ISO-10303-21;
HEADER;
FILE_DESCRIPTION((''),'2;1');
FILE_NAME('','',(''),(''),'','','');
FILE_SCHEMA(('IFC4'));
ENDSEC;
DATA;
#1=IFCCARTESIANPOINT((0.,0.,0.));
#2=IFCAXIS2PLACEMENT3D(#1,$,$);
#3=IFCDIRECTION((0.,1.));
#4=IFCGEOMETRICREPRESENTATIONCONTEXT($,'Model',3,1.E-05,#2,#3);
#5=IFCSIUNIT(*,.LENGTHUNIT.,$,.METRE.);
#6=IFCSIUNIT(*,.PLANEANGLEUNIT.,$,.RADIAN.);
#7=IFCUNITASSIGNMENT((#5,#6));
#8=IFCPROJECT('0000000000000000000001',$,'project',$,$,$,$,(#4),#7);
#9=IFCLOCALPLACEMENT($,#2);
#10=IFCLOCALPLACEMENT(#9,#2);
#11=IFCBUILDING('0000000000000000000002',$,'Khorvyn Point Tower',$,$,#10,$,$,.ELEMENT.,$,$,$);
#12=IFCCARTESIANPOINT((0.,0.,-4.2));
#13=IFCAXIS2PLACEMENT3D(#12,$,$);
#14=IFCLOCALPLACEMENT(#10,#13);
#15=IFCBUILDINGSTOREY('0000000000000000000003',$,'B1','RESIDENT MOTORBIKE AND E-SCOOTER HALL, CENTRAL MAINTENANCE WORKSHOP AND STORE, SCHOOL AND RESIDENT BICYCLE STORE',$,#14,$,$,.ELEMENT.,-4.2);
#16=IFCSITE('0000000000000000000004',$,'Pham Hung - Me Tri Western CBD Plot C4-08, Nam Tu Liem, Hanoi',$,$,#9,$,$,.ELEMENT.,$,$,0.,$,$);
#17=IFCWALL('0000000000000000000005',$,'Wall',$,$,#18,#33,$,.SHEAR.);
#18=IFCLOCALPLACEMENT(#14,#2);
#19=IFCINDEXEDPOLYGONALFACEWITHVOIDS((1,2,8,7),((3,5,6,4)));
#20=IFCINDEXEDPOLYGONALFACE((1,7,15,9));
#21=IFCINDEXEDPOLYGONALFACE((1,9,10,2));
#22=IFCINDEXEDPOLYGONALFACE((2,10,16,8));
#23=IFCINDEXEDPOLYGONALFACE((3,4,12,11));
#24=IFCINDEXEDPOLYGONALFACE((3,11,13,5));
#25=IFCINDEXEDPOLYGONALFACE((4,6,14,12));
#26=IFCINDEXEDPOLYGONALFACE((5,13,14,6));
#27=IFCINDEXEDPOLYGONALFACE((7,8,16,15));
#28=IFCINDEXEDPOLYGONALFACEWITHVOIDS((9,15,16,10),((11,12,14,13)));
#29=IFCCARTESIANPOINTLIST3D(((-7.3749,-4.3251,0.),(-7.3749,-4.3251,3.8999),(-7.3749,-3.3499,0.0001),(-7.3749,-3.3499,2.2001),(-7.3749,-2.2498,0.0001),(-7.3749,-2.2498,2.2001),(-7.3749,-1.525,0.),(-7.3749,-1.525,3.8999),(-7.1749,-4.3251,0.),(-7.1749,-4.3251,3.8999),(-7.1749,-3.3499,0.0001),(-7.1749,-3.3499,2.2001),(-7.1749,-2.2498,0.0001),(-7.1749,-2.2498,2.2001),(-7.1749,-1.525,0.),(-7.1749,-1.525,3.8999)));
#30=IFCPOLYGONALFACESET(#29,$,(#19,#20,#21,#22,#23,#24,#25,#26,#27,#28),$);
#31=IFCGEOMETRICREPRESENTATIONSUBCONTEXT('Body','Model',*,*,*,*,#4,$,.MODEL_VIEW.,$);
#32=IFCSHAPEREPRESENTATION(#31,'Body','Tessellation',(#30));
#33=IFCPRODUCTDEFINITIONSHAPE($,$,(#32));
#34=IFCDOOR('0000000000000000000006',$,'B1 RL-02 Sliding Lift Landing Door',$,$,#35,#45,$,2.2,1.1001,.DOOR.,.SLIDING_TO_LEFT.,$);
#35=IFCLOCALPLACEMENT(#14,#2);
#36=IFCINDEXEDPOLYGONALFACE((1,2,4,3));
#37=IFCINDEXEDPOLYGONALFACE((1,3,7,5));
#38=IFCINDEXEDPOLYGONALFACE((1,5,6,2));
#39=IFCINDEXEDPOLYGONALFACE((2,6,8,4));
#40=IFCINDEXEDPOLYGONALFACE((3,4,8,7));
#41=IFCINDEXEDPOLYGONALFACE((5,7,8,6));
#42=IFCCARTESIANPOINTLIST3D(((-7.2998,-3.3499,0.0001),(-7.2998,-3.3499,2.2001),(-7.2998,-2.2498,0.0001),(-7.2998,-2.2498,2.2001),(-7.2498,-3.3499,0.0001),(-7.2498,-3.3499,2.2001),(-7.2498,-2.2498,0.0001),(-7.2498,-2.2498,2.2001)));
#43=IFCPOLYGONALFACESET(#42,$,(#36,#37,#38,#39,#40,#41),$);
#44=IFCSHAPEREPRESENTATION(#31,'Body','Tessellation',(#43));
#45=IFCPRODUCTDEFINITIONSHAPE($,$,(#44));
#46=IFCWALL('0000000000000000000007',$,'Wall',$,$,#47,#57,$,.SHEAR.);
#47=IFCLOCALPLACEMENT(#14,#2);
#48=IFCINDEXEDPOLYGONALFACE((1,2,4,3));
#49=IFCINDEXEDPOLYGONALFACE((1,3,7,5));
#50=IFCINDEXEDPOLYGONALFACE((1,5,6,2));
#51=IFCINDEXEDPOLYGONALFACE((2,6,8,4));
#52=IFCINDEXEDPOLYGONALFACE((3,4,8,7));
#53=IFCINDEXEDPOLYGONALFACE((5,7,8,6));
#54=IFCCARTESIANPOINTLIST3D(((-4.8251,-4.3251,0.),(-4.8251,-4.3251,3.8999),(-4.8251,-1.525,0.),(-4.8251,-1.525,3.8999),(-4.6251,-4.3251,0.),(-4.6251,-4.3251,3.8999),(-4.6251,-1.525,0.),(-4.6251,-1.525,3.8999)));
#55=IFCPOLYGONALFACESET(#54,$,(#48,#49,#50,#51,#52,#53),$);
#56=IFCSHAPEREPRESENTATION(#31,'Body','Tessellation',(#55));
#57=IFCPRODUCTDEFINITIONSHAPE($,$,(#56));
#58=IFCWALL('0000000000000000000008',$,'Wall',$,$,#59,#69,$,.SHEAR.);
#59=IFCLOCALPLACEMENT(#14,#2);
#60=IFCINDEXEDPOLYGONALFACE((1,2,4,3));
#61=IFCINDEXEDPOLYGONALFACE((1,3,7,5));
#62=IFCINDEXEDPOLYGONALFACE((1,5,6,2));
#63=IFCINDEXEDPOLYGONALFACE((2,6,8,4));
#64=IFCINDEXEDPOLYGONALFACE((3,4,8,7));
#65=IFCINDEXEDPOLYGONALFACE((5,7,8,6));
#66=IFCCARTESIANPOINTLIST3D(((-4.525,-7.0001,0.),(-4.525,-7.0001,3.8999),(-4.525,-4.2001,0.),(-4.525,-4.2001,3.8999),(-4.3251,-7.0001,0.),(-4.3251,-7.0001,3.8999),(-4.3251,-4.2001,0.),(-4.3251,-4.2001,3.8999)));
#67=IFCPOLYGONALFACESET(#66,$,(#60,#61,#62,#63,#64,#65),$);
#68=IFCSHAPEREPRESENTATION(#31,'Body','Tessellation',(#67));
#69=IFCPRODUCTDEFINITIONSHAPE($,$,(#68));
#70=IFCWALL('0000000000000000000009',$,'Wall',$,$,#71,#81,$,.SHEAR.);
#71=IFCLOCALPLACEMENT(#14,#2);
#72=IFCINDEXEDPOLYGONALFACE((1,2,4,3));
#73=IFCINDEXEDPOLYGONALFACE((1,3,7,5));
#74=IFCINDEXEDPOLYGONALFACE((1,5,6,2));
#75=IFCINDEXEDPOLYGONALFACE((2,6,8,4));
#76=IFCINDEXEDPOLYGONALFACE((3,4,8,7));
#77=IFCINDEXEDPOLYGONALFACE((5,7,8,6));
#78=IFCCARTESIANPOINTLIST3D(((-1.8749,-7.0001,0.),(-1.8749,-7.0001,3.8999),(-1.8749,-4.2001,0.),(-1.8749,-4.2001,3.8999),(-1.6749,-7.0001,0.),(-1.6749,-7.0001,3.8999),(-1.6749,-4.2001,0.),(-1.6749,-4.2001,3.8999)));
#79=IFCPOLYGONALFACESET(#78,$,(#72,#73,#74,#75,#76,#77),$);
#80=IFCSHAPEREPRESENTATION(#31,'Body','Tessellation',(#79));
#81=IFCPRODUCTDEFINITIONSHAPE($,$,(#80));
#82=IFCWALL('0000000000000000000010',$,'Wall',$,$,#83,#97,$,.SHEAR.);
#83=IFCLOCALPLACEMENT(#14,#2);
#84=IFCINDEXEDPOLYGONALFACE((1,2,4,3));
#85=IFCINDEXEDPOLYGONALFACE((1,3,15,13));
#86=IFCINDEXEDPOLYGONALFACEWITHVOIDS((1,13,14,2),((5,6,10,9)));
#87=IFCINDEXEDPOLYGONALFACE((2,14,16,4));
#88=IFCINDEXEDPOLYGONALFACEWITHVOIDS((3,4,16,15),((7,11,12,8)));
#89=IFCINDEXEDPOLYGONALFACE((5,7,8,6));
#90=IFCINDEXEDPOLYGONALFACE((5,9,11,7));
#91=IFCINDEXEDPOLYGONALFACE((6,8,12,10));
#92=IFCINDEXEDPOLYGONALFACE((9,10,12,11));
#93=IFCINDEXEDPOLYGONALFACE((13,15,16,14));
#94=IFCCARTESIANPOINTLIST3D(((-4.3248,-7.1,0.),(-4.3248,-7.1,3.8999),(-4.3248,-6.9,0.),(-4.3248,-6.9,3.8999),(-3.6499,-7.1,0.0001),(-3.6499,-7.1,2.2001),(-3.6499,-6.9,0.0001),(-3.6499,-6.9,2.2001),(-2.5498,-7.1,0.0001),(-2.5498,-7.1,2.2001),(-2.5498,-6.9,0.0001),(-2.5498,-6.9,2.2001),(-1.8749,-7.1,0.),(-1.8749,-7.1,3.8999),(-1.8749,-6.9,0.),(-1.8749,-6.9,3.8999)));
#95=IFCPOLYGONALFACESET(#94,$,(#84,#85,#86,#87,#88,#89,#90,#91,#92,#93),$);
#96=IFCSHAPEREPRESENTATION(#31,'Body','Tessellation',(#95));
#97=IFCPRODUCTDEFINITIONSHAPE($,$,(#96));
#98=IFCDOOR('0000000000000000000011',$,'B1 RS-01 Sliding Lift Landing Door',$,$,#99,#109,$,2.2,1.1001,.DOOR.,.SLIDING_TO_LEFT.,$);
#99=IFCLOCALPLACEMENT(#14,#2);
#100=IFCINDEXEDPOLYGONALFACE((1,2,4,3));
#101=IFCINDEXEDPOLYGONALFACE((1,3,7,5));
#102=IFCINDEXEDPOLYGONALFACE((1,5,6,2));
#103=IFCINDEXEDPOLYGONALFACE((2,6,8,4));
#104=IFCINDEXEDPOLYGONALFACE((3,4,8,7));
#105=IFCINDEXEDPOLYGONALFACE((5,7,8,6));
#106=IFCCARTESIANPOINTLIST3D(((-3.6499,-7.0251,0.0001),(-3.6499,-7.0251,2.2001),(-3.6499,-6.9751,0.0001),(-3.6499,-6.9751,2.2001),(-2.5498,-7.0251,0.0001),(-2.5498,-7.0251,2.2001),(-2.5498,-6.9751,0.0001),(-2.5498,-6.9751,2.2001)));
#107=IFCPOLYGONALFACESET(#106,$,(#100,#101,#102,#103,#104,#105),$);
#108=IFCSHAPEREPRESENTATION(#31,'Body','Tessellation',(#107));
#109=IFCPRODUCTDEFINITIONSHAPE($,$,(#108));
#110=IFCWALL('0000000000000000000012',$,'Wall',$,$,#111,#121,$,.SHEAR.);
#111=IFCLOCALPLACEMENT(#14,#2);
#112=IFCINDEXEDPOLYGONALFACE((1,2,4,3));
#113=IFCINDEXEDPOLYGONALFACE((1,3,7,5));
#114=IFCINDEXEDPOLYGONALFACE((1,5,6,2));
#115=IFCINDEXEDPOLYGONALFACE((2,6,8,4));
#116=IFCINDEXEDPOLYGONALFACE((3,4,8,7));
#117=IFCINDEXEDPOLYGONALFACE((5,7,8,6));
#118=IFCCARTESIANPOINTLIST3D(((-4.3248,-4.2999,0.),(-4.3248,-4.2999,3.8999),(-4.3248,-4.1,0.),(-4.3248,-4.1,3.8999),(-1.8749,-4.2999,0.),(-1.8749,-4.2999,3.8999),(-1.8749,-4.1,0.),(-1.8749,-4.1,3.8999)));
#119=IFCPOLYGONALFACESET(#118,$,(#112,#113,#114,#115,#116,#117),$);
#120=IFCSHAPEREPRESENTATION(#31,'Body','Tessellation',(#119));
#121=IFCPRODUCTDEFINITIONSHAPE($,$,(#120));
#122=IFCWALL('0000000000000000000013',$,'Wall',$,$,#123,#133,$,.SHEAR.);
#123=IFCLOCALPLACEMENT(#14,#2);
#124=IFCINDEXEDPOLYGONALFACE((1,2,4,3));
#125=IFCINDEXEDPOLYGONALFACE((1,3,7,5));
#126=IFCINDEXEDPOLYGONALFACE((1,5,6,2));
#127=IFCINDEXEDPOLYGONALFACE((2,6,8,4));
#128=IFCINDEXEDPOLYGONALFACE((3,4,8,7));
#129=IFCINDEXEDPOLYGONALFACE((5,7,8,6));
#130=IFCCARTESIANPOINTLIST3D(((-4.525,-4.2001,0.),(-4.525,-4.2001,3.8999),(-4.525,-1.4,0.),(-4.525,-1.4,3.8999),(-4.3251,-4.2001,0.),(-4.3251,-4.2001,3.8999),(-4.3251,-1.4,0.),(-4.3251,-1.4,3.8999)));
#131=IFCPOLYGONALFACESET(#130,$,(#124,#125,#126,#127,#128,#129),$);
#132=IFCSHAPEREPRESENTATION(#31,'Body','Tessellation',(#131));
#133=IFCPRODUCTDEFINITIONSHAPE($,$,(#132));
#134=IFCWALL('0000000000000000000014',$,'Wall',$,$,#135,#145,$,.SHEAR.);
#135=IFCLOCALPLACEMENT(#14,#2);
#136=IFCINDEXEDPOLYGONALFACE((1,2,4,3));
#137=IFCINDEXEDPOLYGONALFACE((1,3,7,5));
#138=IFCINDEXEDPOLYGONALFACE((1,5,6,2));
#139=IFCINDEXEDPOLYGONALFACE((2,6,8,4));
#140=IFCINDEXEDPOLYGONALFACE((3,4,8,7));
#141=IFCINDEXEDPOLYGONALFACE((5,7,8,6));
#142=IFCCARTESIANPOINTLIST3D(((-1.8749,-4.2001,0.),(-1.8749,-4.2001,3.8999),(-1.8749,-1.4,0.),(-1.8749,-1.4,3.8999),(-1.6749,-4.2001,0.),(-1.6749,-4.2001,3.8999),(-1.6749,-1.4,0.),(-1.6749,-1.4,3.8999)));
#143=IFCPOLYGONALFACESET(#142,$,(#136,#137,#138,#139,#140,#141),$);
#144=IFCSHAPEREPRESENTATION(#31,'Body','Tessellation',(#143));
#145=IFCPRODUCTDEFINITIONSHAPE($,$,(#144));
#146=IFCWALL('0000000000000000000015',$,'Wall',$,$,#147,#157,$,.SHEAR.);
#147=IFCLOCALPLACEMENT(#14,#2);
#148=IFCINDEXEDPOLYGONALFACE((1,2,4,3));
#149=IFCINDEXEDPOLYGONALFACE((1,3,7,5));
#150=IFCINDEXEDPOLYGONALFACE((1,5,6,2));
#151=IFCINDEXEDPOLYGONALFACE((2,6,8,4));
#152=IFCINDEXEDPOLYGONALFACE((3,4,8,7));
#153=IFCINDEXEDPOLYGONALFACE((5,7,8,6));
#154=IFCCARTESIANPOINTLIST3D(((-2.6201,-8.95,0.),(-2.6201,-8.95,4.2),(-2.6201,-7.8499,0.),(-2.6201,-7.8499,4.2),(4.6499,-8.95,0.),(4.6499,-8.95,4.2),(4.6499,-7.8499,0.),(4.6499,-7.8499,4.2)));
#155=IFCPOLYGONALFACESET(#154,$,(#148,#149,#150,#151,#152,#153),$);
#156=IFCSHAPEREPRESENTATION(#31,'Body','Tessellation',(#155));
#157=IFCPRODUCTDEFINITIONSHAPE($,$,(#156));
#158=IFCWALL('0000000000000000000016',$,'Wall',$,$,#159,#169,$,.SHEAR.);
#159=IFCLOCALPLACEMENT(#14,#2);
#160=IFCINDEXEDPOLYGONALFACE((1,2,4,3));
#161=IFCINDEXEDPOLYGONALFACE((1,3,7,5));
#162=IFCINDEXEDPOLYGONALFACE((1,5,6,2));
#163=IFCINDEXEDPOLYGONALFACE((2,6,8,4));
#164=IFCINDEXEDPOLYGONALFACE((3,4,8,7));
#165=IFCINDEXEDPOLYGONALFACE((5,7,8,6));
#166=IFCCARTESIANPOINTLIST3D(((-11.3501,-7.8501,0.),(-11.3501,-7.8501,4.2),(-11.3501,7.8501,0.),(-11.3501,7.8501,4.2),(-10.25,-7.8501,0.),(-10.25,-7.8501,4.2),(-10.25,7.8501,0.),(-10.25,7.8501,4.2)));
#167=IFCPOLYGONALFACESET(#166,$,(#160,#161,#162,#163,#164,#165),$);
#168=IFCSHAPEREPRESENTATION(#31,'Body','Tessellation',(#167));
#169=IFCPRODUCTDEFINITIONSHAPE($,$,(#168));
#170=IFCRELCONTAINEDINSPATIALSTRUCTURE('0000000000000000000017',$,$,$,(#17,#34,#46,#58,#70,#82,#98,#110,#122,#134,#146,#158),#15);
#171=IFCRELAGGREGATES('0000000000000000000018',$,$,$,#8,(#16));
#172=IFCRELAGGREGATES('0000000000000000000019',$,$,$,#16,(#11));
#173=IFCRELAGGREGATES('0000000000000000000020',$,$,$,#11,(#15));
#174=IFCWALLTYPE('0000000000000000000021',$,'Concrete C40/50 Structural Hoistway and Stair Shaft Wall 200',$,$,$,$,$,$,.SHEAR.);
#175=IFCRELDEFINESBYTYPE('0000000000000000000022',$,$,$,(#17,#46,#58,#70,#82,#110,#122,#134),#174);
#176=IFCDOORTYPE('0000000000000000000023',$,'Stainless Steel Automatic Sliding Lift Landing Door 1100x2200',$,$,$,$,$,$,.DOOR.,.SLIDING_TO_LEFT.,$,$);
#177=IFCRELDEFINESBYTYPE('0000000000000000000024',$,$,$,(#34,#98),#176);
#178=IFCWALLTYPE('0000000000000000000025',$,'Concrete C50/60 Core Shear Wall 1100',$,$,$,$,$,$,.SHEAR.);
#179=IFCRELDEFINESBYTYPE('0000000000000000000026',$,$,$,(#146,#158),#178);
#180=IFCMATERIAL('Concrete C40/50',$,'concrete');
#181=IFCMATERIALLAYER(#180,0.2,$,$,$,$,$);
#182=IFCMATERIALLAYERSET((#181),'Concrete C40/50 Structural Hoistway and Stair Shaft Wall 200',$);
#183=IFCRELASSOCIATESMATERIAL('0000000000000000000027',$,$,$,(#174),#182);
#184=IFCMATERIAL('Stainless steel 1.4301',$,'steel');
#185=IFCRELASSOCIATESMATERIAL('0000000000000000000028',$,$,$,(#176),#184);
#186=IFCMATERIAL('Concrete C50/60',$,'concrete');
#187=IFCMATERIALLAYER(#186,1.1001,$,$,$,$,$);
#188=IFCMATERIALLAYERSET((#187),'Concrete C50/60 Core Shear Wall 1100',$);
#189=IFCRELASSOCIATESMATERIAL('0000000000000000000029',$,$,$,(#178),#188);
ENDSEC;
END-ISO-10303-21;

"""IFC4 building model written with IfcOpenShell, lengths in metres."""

from ifc_helpers import new_model, si_unit, direction, frame, frame_2d, origin, place, context, subcontext, project, spatial, rectangle, extrude, material, layer, layer_set, type_object, element, fill, save


model = new_model("IFC4")

# Units and contexts
model_context = context("Model", 3, precision=1e-05, world=origin(), true_north=direction((0.0, 1.0)))
body_context = subcontext(model_context, "Body", "Model", "MODEL_VIEW")
ifc_project = project(units=[si_unit("LENGTHUNIT", "METRE"), si_unit("PLANEANGLEUNIT", "RADIAN")], contexts=[model_context])

# Site, building, storey
site_placement = place(None, origin())
site = spatial("IfcSite", under=ifc_project, at=site_placement, Name="Pham Hung - Me Tri Western CBD Plot C4-08, Nam Tu Liem, Hanoi", CompositionType="ELEMENT", RefElevation=0.0)
building_placement = place(site_placement, origin())
building = spatial("IfcBuilding", under=site, at=building_placement, Name="Khorvyn Point Tower", CompositionType="ELEMENT")
storey_placement = place(building_placement, frame((0.0, 0.0, -4.2)))
storey = spatial("IfcBuildingStorey", under=building, at=storey_placement, Name="B1", Description="RESIDENT MOTORBIKE AND E-SCOOTER HALL, CENTRAL MAINTENANCE WORKSHOP AND STORE, SCHOOL AND RESIDENT BICYCLE STORE", CompositionType="ELEMENT", Elevation=-4.2)

# Shared definitions
ifc_material_1 = material(Name="Concrete C40/50", Category="concrete")
ifc_material_2 = material(Name="Concrete C50/60", Category="concrete")

# Shared definitions
ifc_layer_1 = layer(ifc_material_1, 0.2)
ifc_layer_set_1 = layer_set([ifc_layer_1], Name="Concrete C40/50 Structural Hoistway and Stair Shaft Wall 200")
wall_type_1 = type_object("IfcWallType", Name="Concrete C40/50 Structural Hoistway and Stair Shaft Wall 200", PredefinedType="SHEAR", material=ifc_layer_set_1)
ifc_material_3 = material(Name="Stainless steel 1.4301", Category="steel")
door_type = type_object("IfcDoorType", Name="Stainless Steel Automatic Sliding Lift Landing Door 1100x2200", OperationType="SLIDING_TO_LEFT", PredefinedType="DOOR", material=ifc_material_3)

# Wall, opening, door
wall_1_placement = place(storey_placement, frame((-7.2749, -4.325, 0.0), z_axis=(0.0, 0.0, 1.0), x_axis=(0.0, 1.0, 0.0)))
wall_1 = element("IfcWall", 1, at=wall_1_placement, inside=storey, type_object=wall_type_1, Name="Wall", PredefinedType="SHEAR", context=body_context, shape_type="SweptSolid", body=[
    extrude(rectangle(XDim=2.8, YDim=0.2, at=frame_2d((1.3999, 0.0))), origin(), (0.0, 0.0, 1.0), 3.8999),
])
opening_1_placement = place(wall_1_placement, frame((0.9751, 0.0, 0.0)))
opening_1 = element("IfcOpeningElement", 2, at=opening_1_placement, cuts=wall_1, PredefinedType="OPENING", context=body_context, shape_type="SweptSolid", body=[
    extrude(rectangle(XDim=1.1001, YDim=2.2, at=frame_2d((0.55, 1.1001))), frame((0.0, 0.1099, 0.0), z_axis=(0.0, -1.0, 0.0), x_axis=(1.0, 0.0, 0.0)), (0.0, 0.0, 1.0), 0.22),
])
door_1_placement = place(opening_1_placement, origin())
door_1 = element("IfcDoor", 3, at=door_1_placement, inside=storey, type_object=door_type, Name="B1 RL-02 Sliding Lift Landing Door", OperationType="SLIDING_TO_LEFT", OverallHeight=2.2, OverallWidth=1.1001, PredefinedType="DOOR", context=body_context, shape_type="SweptSolid", body=[
    extrude(rectangle(XDim=1.1001, YDim=2.2, at=frame_2d((0.55, 1.1001))), frame((0.0, 0.0249, 0.0), z_axis=(0.0, -1.0, 0.0), x_axis=(1.0, 0.0, 0.0)), (0.0, 0.0, 1.0), 0.05),
])
fill(opening_1, door_1)

# Walls
for number, where, z_axis, x_axis, name in (
    (4, (-4.7251, -4.325, 0.0), (0.0, 0.0, 1.0), (0.0, 1.0, 0.0), "Wall"),
    (5, (-4.425, -7.0, 0.0), (0.0, 0.0, 1.0), (0.0, 1.0, 0.0), "Wall"),
    (6, (-1.7749, -7.0, 0.0), (0.0, 0.0, 1.0), (0.0, 1.0, 0.0), "Wall"),
):
    element("IfcWall", number, at=place(storey_placement, frame(where, z_axis=z_axis, x_axis=x_axis)), inside=storey, type_object=wall_type_1, Name=name, PredefinedType="SHEAR", context=body_context, shape_type="SweptSolid", body=[
        extrude(rectangle(XDim=2.8, YDim=0.2, at=frame_2d((1.3999, 0.0))), origin(), (0.0, 0.0, 1.0), 3.8999),
    ])

# Wall, opening, door
wall_2_placement = place(storey_placement, frame((-4.325, -7.0, 0.0), z_axis=(0.0, 0.0, 1.0), x_axis=(1.0, 0.0, 0.0)))
wall_2 = element("IfcWall", 7, at=wall_2_placement, inside=storey, type_object=wall_type_1, Name="Wall", PredefinedType="SHEAR", context=body_context, shape_type="SweptSolid", body=[
    extrude(rectangle(XDim=2.45, YDim=0.2, at=frame_2d((1.2251, 0.0))), origin(), (0.0, 0.0, 1.0), 3.8999),
])
opening_2_placement = place(wall_2_placement, frame((0.675, 0.0, 0.0)))
opening_2 = element("IfcOpeningElement", 8, at=opening_2_placement, cuts=wall_2, PredefinedType="OPENING", context=body_context, shape_type="SweptSolid", body=[
    extrude(rectangle(XDim=1.1001, YDim=2.2, at=frame_2d((0.55, 1.1001))), frame((0.0, 0.1099, 0.0), z_axis=(0.0, -1.0, 0.0), x_axis=(1.0, 0.0, 0.0)), (0.0, 0.0, 1.0), 0.22),
])
door_2_placement = place(opening_2_placement, origin())
door_2 = element("IfcDoor", 9, at=door_2_placement, inside=storey, type_object=door_type, Name="B1 RS-01 Sliding Lift Landing Door", OperationType="SLIDING_TO_LEFT", OverallHeight=2.2, OverallWidth=1.1001, PredefinedType="DOOR", context=body_context, shape_type="SweptSolid", body=[
    extrude(rectangle(XDim=1.1001, YDim=2.2, at=frame_2d((0.55, 1.1001))), frame((0.0, 0.0249, 0.0), z_axis=(0.0, -1.0, 0.0), x_axis=(1.0, 0.0, 0.0)), (0.0, 0.0, 1.0), 0.05),
])
fill(opening_2, door_2)

# Walls
wall_3_placement = place(storey_placement, frame((-4.325, -4.2, 0.0), z_axis=(0.0, 0.0, 1.0), x_axis=(1.0, 0.0, 0.0)))
element("IfcWall", 10, at=wall_3_placement, inside=storey, type_object=wall_type_1, Name="Wall", PredefinedType="SHEAR", context=body_context, shape_type="SweptSolid", body=[
    extrude(rectangle(XDim=2.45, YDim=0.2, at=frame_2d((1.2251, 0.0))), origin(), (0.0, 0.0, 1.0), 3.8999),
])
for number, where, z_axis, x_axis, name in (
    (11, (-4.425, -4.2, 0.0), (0.0, 0.0, 1.0), (0.0, 1.0, 0.0), "Wall"),
    (12, (-1.7749, -4.2, 0.0), (0.0, 0.0, 1.0), (0.0, 1.0, 0.0), "Wall"),
):
    element("IfcWall", number, at=place(storey_placement, frame(where, z_axis=z_axis, x_axis=x_axis)), inside=storey, type_object=wall_type_1, Name=name, PredefinedType="SHEAR", context=body_context, shape_type="SweptSolid", body=[
        extrude(rectangle(XDim=2.8, YDim=0.2, at=frame_2d((1.3999, 0.0))), origin(), (0.0, 0.0, 1.0), 3.8999),
    ])
ifc_layer_2 = layer(ifc_material_2, 1.1001)
ifc_layer_set_2 = layer_set([ifc_layer_2], Name="Concrete C50/60 Core Shear Wall 1100")
wall_type_2 = type_object("IfcWallType", Name="Concrete C50/60 Core Shear Wall 1100", PredefinedType="SHEAR", material=ifc_layer_set_2)
wall_4_placement = place(storey_placement, frame((-2.6201, -8.3999, 0.0), z_axis=(0.0, 0.0, 1.0), x_axis=(1.0, 0.0, 0.0)))
element("IfcWall", 13, at=wall_4_placement, inside=storey, type_object=wall_type_2, Name="Wall", PredefinedType="SHEAR", context=body_context, shape_type="SweptSolid", body=[
    extrude(rectangle(XDim=7.27, YDim=1.1001, at=frame_2d((3.635, 0.0))), origin(), (0.0, 0.0, 1.0), 4.2),
])
wall_5_placement = place(storey_placement, frame((-10.8, -7.8501, 0.0), z_axis=(0.0, 0.0, 1.0), x_axis=(0.0, 1.0, 0.0)))
element("IfcWall", 14, at=wall_5_placement, inside=storey, type_object=wall_type_2, Name="Wall", PredefinedType="SHEAR", context=body_context, shape_type="SweptSolid", body=[
    extrude(rectangle(XDim=15.7002, YDim=1.1001, at=frame_2d((7.8501, 0.0))), origin(), (0.0, 0.0, 1.0), 4.2),
])

save(model, "model.ifc")
